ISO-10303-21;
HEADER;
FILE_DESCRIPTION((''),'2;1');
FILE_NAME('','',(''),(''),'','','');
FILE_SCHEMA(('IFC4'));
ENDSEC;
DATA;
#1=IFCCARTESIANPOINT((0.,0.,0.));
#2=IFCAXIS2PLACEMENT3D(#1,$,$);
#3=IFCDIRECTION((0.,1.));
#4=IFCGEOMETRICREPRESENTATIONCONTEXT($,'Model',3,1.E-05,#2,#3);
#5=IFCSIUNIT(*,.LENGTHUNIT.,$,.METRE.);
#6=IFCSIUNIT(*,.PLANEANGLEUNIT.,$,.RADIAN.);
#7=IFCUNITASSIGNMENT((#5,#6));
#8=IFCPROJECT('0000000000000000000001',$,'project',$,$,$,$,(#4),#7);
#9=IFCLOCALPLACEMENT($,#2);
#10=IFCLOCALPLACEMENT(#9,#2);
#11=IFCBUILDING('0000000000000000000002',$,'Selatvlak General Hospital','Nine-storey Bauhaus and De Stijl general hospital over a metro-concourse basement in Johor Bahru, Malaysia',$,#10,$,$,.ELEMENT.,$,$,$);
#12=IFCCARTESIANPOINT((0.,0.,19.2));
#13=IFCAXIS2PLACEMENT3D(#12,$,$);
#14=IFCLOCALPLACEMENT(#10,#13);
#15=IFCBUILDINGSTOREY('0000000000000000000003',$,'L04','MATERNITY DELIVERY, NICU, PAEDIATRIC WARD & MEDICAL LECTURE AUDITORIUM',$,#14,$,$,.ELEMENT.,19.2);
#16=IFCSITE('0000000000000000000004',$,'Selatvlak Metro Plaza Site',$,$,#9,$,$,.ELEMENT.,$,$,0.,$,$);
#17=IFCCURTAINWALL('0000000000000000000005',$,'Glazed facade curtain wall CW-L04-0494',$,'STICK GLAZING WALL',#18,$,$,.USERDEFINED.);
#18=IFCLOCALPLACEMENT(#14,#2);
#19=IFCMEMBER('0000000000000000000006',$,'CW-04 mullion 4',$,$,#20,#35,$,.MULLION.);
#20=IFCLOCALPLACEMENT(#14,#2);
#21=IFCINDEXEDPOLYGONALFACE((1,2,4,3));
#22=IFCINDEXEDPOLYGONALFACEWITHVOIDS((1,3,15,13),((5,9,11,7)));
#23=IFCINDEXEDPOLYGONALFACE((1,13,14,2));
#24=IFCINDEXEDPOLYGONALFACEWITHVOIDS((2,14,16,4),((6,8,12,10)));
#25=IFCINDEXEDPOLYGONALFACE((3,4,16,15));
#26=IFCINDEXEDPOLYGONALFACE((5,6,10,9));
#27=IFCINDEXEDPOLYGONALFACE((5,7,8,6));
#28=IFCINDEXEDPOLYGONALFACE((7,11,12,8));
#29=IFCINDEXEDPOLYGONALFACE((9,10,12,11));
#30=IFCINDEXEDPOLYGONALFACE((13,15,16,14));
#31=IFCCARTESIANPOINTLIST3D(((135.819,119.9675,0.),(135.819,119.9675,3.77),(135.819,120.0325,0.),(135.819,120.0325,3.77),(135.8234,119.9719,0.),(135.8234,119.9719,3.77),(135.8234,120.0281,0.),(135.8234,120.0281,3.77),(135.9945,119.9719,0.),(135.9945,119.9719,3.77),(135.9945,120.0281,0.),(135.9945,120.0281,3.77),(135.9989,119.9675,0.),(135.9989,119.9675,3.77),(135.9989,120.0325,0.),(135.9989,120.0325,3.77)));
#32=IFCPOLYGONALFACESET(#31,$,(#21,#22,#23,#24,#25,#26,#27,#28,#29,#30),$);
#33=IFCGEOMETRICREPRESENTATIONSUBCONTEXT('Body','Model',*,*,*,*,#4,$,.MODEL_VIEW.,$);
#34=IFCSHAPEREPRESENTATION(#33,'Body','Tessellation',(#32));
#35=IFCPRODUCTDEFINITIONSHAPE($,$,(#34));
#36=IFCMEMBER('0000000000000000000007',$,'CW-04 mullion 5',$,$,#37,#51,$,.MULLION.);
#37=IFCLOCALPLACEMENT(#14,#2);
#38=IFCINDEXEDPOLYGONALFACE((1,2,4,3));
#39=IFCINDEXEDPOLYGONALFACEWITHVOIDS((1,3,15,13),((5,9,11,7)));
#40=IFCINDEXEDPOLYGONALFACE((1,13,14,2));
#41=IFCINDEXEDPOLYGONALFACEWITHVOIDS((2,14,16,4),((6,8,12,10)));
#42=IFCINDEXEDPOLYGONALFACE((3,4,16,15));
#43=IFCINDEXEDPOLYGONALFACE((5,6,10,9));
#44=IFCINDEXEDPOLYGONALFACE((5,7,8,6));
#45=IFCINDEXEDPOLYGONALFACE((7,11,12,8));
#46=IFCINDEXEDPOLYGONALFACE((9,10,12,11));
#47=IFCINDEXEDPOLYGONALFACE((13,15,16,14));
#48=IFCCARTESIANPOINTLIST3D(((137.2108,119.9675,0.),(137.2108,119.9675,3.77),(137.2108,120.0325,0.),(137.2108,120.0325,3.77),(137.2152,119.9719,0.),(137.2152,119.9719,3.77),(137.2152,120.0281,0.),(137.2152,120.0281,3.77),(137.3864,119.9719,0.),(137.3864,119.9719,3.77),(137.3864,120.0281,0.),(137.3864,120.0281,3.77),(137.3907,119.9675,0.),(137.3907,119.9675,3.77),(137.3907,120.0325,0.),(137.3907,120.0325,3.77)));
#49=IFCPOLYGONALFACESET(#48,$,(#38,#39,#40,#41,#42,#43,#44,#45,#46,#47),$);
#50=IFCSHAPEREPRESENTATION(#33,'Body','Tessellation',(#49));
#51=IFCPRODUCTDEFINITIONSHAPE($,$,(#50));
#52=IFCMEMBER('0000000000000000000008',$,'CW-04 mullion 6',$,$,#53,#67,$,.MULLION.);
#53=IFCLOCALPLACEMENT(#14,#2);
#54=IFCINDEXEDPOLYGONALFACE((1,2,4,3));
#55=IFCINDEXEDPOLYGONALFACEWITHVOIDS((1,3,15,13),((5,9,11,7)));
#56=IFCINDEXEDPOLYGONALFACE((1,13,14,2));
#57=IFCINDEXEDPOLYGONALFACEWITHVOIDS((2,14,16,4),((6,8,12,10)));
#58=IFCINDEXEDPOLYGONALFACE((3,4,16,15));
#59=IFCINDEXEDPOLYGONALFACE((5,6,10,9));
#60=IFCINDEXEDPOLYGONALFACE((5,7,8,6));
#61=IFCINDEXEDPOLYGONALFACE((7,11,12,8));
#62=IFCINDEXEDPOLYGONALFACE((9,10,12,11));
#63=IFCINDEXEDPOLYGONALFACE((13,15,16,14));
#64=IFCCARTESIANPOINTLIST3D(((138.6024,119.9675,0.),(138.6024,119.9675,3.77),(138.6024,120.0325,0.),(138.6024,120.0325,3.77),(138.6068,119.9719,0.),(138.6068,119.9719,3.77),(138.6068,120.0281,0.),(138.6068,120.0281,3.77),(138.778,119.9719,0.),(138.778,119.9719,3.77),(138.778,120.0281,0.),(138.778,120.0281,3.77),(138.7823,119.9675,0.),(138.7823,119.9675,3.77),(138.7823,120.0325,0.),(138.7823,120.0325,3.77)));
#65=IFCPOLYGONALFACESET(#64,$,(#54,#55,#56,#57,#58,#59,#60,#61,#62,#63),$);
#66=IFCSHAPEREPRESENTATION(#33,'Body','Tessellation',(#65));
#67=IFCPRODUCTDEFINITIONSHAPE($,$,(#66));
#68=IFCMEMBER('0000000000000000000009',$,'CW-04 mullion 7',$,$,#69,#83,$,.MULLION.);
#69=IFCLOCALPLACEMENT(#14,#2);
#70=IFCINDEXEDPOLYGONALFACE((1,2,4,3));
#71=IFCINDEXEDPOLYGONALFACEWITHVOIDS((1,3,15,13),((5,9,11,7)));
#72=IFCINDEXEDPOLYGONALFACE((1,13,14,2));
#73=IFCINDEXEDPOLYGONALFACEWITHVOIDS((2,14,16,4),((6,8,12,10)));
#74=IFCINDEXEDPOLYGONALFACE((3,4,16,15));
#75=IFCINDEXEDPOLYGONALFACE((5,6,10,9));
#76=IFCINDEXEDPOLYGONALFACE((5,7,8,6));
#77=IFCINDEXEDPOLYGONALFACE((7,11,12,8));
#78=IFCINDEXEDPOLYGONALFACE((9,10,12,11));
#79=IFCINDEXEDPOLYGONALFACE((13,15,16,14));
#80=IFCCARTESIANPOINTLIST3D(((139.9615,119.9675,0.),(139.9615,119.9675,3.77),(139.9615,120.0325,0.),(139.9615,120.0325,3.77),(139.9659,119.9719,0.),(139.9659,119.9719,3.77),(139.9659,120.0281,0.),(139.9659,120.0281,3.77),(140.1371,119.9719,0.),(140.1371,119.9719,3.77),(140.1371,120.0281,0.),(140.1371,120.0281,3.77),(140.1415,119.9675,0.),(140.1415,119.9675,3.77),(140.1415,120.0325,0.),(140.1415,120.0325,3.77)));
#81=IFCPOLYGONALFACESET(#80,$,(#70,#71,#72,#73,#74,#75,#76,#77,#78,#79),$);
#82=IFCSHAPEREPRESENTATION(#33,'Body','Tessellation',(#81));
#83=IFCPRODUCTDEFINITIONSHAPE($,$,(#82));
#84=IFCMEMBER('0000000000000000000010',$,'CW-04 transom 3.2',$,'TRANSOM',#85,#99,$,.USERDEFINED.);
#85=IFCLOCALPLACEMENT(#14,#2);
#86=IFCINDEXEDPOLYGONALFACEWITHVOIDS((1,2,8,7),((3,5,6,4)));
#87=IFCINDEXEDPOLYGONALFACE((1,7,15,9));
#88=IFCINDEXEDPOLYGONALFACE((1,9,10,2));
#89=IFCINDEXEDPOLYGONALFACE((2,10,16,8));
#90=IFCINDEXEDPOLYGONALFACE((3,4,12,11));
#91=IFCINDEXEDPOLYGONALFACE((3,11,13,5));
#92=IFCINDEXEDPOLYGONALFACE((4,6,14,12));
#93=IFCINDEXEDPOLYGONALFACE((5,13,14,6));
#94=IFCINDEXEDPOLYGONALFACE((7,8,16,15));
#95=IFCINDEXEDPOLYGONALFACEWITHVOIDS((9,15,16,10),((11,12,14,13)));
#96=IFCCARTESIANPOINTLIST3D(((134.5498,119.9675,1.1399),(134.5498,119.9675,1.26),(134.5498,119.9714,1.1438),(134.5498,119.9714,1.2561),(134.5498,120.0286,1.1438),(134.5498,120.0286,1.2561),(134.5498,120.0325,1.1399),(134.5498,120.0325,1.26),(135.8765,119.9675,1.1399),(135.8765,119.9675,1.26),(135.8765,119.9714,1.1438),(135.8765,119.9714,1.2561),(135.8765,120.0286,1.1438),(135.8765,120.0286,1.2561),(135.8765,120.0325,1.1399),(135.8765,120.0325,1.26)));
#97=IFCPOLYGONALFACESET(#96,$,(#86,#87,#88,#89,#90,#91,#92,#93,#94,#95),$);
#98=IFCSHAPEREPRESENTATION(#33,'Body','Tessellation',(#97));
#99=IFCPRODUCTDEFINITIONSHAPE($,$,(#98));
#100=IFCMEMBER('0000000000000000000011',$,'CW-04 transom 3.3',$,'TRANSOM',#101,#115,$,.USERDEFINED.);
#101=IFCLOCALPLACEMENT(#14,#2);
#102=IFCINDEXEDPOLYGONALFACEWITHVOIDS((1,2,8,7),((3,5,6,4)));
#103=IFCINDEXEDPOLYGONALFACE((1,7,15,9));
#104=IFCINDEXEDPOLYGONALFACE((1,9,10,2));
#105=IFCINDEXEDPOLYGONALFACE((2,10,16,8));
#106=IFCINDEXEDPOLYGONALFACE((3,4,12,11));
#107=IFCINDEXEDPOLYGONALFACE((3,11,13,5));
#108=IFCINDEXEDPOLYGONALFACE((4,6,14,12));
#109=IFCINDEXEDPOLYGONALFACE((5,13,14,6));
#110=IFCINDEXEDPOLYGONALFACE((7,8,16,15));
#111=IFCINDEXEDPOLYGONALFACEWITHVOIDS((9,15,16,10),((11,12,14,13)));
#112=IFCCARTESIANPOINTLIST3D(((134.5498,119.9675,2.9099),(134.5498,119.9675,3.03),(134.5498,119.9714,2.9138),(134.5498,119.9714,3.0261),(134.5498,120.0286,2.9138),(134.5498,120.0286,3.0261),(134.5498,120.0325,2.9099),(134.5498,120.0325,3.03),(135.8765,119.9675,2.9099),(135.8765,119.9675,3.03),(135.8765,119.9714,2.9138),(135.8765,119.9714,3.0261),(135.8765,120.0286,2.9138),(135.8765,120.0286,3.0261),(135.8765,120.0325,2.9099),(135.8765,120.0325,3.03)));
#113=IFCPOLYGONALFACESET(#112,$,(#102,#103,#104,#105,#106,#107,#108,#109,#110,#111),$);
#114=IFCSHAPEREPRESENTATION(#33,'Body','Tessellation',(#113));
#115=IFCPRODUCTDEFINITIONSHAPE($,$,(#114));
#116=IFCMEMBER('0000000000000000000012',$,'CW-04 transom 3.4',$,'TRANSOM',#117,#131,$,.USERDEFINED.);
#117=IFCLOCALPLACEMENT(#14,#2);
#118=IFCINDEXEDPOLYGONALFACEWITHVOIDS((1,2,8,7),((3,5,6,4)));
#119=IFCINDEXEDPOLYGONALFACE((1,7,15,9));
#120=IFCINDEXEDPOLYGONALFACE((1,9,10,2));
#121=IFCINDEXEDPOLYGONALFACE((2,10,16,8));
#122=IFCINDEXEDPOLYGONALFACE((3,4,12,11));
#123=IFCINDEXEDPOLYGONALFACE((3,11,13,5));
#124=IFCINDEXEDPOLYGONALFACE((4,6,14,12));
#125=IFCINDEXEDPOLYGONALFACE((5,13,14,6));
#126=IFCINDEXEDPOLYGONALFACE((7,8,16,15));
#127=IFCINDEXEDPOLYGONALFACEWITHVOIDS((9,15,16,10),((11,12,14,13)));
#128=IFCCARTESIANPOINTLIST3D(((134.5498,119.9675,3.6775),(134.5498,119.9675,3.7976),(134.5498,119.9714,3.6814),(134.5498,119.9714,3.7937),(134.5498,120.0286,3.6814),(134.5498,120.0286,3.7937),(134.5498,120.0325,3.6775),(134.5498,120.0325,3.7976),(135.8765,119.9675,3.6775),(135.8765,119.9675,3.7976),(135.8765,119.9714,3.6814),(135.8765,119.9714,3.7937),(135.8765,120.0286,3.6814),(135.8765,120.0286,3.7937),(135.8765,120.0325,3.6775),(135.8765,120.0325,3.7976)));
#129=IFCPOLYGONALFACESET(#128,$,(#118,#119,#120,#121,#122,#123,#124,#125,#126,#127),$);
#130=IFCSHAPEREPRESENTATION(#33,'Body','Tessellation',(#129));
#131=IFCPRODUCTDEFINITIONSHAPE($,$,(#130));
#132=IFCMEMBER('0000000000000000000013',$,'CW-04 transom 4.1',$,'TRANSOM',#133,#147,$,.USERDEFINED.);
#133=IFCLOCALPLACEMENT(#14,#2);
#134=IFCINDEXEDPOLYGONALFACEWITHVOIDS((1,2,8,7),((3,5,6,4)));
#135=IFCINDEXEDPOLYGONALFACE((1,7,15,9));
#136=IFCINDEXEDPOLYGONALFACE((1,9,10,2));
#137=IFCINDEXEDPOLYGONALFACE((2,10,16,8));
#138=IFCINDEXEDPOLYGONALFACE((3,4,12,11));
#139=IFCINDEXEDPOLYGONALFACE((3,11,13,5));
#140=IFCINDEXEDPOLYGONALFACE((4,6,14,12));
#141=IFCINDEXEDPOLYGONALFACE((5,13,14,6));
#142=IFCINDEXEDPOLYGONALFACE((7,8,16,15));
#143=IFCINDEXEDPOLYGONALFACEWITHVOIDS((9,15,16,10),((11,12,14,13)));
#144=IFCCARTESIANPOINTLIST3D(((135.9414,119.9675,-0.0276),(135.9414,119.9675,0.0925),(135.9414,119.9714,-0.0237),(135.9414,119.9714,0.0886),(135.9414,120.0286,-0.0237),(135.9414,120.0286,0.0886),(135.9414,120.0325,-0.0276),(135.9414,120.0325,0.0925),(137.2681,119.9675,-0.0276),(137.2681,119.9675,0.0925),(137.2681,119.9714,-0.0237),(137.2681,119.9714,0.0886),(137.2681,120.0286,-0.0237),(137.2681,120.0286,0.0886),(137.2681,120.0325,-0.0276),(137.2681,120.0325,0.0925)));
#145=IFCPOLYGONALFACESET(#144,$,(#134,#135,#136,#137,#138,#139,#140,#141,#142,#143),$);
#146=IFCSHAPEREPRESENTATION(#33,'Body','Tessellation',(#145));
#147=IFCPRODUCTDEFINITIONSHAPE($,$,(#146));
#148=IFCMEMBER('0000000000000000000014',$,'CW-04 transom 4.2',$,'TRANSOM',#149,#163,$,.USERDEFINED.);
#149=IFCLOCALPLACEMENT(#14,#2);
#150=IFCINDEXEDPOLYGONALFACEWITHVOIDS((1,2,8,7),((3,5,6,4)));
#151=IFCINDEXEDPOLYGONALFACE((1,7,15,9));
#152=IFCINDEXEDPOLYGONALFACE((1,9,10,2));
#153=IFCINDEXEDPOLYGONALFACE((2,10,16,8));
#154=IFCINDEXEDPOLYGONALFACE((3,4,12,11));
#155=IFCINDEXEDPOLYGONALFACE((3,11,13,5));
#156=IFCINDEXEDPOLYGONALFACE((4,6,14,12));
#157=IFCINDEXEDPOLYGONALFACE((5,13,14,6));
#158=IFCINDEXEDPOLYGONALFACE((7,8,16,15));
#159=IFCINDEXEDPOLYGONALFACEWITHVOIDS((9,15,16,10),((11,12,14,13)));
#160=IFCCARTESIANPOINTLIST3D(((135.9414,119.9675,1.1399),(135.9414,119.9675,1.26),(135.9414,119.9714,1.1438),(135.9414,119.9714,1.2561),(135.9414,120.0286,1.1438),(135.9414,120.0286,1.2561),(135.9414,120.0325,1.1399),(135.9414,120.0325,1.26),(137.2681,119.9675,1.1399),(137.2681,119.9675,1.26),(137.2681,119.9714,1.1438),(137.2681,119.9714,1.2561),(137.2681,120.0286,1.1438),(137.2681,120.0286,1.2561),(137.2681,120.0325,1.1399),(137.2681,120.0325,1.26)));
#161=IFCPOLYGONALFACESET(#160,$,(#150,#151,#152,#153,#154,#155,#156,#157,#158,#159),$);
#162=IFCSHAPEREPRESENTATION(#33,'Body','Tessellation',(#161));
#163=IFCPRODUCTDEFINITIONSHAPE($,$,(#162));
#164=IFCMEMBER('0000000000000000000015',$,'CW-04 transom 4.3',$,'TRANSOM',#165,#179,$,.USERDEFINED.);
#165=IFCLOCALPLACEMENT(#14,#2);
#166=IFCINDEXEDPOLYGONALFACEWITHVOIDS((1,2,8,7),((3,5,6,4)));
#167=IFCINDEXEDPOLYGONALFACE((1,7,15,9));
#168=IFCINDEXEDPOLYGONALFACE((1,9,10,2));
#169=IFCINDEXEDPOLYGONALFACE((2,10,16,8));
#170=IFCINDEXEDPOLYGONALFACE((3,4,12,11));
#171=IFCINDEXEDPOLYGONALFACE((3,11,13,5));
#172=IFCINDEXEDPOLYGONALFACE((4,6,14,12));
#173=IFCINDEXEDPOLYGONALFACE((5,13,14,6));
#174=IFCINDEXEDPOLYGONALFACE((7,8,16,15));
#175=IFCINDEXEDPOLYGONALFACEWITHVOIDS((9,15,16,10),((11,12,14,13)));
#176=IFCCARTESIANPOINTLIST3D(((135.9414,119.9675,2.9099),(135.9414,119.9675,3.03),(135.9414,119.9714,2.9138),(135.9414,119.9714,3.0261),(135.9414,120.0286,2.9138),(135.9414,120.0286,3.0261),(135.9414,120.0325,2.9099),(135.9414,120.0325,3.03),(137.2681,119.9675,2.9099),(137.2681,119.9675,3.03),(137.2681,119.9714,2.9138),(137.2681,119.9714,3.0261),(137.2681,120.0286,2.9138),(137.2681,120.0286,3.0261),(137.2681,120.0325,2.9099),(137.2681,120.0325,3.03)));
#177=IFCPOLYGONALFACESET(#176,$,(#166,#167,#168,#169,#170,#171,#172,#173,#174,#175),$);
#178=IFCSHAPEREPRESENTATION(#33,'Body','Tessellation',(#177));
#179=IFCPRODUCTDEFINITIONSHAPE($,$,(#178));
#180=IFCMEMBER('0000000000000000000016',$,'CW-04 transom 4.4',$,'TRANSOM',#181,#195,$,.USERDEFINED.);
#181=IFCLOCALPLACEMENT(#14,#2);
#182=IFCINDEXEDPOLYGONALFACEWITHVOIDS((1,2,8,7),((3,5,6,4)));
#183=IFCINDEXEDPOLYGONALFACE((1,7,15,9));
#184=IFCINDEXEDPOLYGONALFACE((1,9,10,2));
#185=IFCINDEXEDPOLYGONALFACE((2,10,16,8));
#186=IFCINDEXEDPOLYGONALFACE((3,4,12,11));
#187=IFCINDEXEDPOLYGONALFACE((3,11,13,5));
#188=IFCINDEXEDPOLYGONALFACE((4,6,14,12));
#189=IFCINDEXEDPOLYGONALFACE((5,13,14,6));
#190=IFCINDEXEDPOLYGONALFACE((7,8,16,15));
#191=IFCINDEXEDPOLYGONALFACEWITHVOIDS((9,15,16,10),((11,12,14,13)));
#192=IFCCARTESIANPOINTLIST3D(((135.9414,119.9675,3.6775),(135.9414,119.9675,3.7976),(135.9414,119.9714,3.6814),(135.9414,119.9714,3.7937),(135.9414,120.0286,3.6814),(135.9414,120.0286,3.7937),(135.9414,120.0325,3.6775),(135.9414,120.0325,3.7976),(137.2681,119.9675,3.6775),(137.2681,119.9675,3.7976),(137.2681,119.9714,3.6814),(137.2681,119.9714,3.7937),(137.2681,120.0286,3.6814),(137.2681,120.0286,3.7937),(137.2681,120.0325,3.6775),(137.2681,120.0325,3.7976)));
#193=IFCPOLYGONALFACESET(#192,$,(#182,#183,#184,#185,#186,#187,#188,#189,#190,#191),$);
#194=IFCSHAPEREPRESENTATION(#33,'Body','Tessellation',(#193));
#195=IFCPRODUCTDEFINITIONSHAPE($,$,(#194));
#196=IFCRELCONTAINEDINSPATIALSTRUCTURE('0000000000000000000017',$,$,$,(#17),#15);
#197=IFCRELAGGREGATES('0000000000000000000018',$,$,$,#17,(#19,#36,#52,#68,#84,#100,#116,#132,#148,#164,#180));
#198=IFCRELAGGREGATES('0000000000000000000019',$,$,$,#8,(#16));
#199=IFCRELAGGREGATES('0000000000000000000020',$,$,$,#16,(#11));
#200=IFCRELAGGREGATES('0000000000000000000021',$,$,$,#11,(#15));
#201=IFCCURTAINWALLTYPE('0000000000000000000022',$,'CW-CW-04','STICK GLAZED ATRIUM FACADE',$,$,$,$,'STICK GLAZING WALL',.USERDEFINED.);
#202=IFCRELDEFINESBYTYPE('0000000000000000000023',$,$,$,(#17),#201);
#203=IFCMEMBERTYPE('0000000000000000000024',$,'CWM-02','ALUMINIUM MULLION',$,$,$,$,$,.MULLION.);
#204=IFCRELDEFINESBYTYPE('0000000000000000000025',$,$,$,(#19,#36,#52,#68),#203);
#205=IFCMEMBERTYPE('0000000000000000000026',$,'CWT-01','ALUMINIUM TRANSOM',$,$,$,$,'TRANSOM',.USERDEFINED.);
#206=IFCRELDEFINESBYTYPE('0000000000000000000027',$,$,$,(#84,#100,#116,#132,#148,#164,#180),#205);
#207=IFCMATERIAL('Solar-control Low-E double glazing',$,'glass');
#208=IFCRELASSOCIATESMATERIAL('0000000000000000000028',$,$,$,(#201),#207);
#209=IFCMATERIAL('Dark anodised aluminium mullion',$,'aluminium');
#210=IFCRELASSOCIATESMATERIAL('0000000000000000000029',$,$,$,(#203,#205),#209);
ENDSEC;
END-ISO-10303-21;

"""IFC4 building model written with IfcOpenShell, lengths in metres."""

from ifc_helpers import new_model, si_unit, direction, frame, origin, origin_2d, place, context, subcontext, project, spatial, hollow_rectangle, extrude, material, material_profile, profile_set, type_object, element, aggregate, save


model = new_model("IFC4")

# Units and contexts
model_context = context("Model", 3, precision=1e-05, world=origin(), true_north=direction((0.0, 1.0)))
body_context = subcontext(model_context, "Body", "Model", "MODEL_VIEW")
ifc_project = project(units=[si_unit("LENGTHUNIT", "METRE"), si_unit("PLANEANGLEUNIT", "RADIAN")], contexts=[model_context])

# Site, building, storey
site_placement = place(None, origin())
site = spatial("IfcSite", under=ifc_project, at=site_placement, Name="Selatvlak Metro Plaza Site", CompositionType="ELEMENT", RefElevation=0.0)
building_placement = place(site_placement, origin())
building = spatial("IfcBuilding", under=site, at=building_placement, Name="Selatvlak General Hospital", Description="Nine-storey Bauhaus and De Stijl general hospital over a metro-concourse basement in Johor Bahru, Malaysia", CompositionType="ELEMENT")
storey_placement = place(building_placement, frame((0.0, 0.0, 19.2)))
storey = spatial("IfcBuildingStorey", under=building, at=storey_placement, Name="L04", Description="MATERNITY DELIVERY, NICU, PAEDIATRIC WARD & MEDICAL LECTURE AUDITORIUM", CompositionType="ELEMENT", Elevation=19.2)

# Curtain wall, members
ifc_material_1 = material(Name="Solar-control Low-E double glazing", Category="glass")
curtain_wall_type = type_object("IfcCurtainWallType", Name="CW-CW-04", Description="STICK GLAZED ATRIUM FACADE", ElementType="STICK GLAZING WALL", PredefinedType="USERDEFINED", material=ifc_material_1)
curtain_wall_placement = place(storey_placement, origin())
curtain_wall = element("IfcCurtainWall", 1, at=curtain_wall_placement, inside=storey, type_object=curtain_wall_type, Name="Glazed facade curtain wall CW-L04-0494", ObjectType="STICK GLAZING WALL", PredefinedType="USERDEFINED")
ifc_material_2 = material(Name="Dark anodised aluminium mullion", Category="aluminium")
ifc_material_profile_1 = material_profile(ifc_material_2, hollow_rectangle(XDim=0.0649, YDim=0.1799, WallThickness=0.0044, at=origin_2d()), Name="AL-MUL 65x180x4.5")
ifc_profile_set_1 = profile_set([ifc_material_profile_1], Name="Dark anodised aluminium mullion")
member_type_1 = type_object("IfcMemberType", Name="CWM-02", Description="ALUMINIUM MULLION", PredefinedType="MULLION", material=ifc_profile_set_1)
member_1_placement = place(storey_placement, frame((135.9089, 120.0, 0.0), z_axis=(0.0, 0.0, 1.0), x_axis=(0.0, 1.0, 0.0)))
member_1 = element("IfcMember", 2, at=member_1_placement, type_object=member_type_1, Name="CW-04 mullion 4", PredefinedType="MULLION", context=body_context, shape_type="SweptSolid", body=[
    extrude(hollow_rectangle(XDim=0.0649, YDim=0.1799, WallThickness=0.0044, at=origin_2d()), origin(), (0.0, 0.0, 1.0), 3.77),
])
member_2_placement = place(storey_placement, frame((137.3008, 120.0, 0.0), z_axis=(0.0, 0.0, 1.0), x_axis=(0.0, 1.0, 0.0)))
member_2 = element("IfcMember", 3, at=member_2_placement, type_object=member_type_1, Name="CW-04 mullion 5", PredefinedType="MULLION", context=body_context, shape_type="SweptSolid", body=[
    extrude(hollow_rectangle(XDim=0.0649, YDim=0.1799, WallThickness=0.0044, at=origin_2d()), origin(), (0.0, 0.0, 1.0), 3.77),
])
member_3_placement = place(storey_placement, frame((138.6924, 120.0, 0.0), z_axis=(0.0, 0.0, 1.0), x_axis=(0.0, 1.0, 0.0)))
member_3 = element("IfcMember", 4, at=member_3_placement, type_object=member_type_1, Name="CW-04 mullion 6", PredefinedType="MULLION", context=body_context, shape_type="SweptSolid", body=[
    extrude(hollow_rectangle(XDim=0.0649, YDim=0.1799, WallThickness=0.0044, at=origin_2d()), origin(), (0.0, 0.0, 1.0), 3.77),
])
member_4_placement = place(storey_placement, frame((140.0515, 120.0, 0.0), z_axis=(0.0, 0.0, 1.0), x_axis=(0.0, 1.0, 0.0)))
member_4 = element("IfcMember", 5, at=member_4_placement, type_object=member_type_1, Name="CW-04 mullion 7", PredefinedType="MULLION", context=body_context, shape_type="SweptSolid", body=[
    extrude(hollow_rectangle(XDim=0.0649, YDim=0.1799, WallThickness=0.0044, at=origin_2d()), origin(), (0.0, 0.0, 1.0), 3.77),
])
ifc_material_profile_2 = material_profile(ifc_material_2, hollow_rectangle(XDim=0.0649, YDim=0.1201, WallThickness=0.0039, at=origin_2d()), Name="AL-TRN 65x120x4")
ifc_profile_set_2 = profile_set([ifc_material_profile_2], Name="Dark anodised aluminium mullion")
member_type_2 = type_object("IfcMemberType", Name="CWT-01", Description="ALUMINIUM TRANSOM", ElementType="TRANSOM", PredefinedType="USERDEFINED", material=ifc_profile_set_2)
member_5_placement = place(storey_placement, frame((134.5498, 120.0, 1.2), z_axis=(1.0, 0.0, 0.0), x_axis=(0.0, 1.0, 0.0)))
member_5 = element("IfcMember", 6, at=member_5_placement, type_object=member_type_2, Name="CW-04 transom 3.2", ObjectType="TRANSOM", PredefinedType="USERDEFINED", context=body_context, shape_type="SweptSolid", body=[
    extrude(hollow_rectangle(XDim=0.0649, YDim=0.1201, WallThickness=0.0039, at=origin_2d()), origin(), (0.0, 0.0, 1.0), 1.3267),
])
member_6_placement = place(storey_placement, frame((134.5498, 120.0, 2.97), z_axis=(1.0, 0.0, 0.0), x_axis=(0.0, 1.0, 0.0)))
member_6 = element("IfcMember", 7, at=member_6_placement, type_object=member_type_2, Name="CW-04 transom 3.3", ObjectType="TRANSOM", PredefinedType="USERDEFINED", context=body_context, shape_type="SweptSolid", body=[
    extrude(hollow_rectangle(XDim=0.0649, YDim=0.1201, WallThickness=0.0039, at=origin_2d()), origin(), (0.0, 0.0, 1.0), 1.3267),
])
member_7_placement = place(storey_placement, frame((134.5498, 120.0, 3.7375), z_axis=(1.0, 0.0, 0.0), x_axis=(0.0, 1.0, 0.0)))
member_7 = element("IfcMember", 8, at=member_7_placement, type_object=member_type_2, Name="CW-04 transom 3.4", ObjectType="TRANSOM", PredefinedType="USERDEFINED", context=body_context, shape_type="SweptSolid", body=[
    extrude(hollow_rectangle(XDim=0.0649, YDim=0.1201, WallThickness=0.0039, at=origin_2d()), origin(), (0.0, 0.0, 1.0), 1.3267),
])
member_8_placement = place(storey_placement, frame((135.9414, 120.0, 0.0325), z_axis=(1.0, 0.0, 0.0), x_axis=(0.0, 1.0, 0.0)))
member_8 = element("IfcMember", 9, at=member_8_placement, type_object=member_type_2, Name="CW-04 transom 4.1", ObjectType="TRANSOM", PredefinedType="USERDEFINED", context=body_context, shape_type="SweptSolid", body=[
    extrude(hollow_rectangle(XDim=0.0649, YDim=0.1201, WallThickness=0.0039, at=origin_2d()), origin(), (0.0, 0.0, 1.0), 1.3267),
])
member_9_placement = place(storey_placement, frame((135.9414, 120.0, 1.2), z_axis=(1.0, 0.0, 0.0), x_axis=(0.0, 1.0, 0.0)))
member_9 = element("IfcMember", 10, at=member_9_placement, type_object=member_type_2, Name="CW-04 transom 4.2", ObjectType="TRANSOM", PredefinedType="USERDEFINED", context=body_context, shape_type="SweptSolid", body=[
    extrude(hollow_rectangle(XDim=0.0649, YDim=0.1201, WallThickness=0.0039, at=origin_2d()), origin(), (0.0, 0.0, 1.0), 1.3267),
])
member_10_placement = place(storey_placement, frame((135.9414, 120.0, 2.97), z_axis=(1.0, 0.0, 0.0), x_axis=(0.0, 1.0, 0.0)))
member_10 = element("IfcMember", 11, at=member_10_placement, type_object=member_type_2, Name="CW-04 transom 4.3", ObjectType="TRANSOM", PredefinedType="USERDEFINED", context=body_context, shape_type="SweptSolid", body=[
    extrude(hollow_rectangle(XDim=0.0649, YDim=0.1201, WallThickness=0.0039, at=origin_2d()), origin(), (0.0, 0.0, 1.0), 1.3267),
])
member_11_placement = place(storey_placement, frame((135.9414, 120.0, 3.7375), z_axis=(1.0, 0.0, 0.0), x_axis=(0.0, 1.0, 0.0)))
member_11 = element("IfcMember", 12, at=member_11_placement, type_object=member_type_2, Name="CW-04 transom 4.4", ObjectType="TRANSOM", PredefinedType="USERDEFINED", context=body_context, shape_type="SweptSolid", body=[
    extrude(hollow_rectangle(XDim=0.0649, YDim=0.1201, WallThickness=0.0039, at=origin_2d()), origin(), (0.0, 0.0, 1.0), 1.3267),
])
aggregate(curtain_wall, [member_1, member_2, member_3, member_4, member_5, member_6, member_7, member_8, member_9, member_10, member_11])

save(model, "model.ifc")
